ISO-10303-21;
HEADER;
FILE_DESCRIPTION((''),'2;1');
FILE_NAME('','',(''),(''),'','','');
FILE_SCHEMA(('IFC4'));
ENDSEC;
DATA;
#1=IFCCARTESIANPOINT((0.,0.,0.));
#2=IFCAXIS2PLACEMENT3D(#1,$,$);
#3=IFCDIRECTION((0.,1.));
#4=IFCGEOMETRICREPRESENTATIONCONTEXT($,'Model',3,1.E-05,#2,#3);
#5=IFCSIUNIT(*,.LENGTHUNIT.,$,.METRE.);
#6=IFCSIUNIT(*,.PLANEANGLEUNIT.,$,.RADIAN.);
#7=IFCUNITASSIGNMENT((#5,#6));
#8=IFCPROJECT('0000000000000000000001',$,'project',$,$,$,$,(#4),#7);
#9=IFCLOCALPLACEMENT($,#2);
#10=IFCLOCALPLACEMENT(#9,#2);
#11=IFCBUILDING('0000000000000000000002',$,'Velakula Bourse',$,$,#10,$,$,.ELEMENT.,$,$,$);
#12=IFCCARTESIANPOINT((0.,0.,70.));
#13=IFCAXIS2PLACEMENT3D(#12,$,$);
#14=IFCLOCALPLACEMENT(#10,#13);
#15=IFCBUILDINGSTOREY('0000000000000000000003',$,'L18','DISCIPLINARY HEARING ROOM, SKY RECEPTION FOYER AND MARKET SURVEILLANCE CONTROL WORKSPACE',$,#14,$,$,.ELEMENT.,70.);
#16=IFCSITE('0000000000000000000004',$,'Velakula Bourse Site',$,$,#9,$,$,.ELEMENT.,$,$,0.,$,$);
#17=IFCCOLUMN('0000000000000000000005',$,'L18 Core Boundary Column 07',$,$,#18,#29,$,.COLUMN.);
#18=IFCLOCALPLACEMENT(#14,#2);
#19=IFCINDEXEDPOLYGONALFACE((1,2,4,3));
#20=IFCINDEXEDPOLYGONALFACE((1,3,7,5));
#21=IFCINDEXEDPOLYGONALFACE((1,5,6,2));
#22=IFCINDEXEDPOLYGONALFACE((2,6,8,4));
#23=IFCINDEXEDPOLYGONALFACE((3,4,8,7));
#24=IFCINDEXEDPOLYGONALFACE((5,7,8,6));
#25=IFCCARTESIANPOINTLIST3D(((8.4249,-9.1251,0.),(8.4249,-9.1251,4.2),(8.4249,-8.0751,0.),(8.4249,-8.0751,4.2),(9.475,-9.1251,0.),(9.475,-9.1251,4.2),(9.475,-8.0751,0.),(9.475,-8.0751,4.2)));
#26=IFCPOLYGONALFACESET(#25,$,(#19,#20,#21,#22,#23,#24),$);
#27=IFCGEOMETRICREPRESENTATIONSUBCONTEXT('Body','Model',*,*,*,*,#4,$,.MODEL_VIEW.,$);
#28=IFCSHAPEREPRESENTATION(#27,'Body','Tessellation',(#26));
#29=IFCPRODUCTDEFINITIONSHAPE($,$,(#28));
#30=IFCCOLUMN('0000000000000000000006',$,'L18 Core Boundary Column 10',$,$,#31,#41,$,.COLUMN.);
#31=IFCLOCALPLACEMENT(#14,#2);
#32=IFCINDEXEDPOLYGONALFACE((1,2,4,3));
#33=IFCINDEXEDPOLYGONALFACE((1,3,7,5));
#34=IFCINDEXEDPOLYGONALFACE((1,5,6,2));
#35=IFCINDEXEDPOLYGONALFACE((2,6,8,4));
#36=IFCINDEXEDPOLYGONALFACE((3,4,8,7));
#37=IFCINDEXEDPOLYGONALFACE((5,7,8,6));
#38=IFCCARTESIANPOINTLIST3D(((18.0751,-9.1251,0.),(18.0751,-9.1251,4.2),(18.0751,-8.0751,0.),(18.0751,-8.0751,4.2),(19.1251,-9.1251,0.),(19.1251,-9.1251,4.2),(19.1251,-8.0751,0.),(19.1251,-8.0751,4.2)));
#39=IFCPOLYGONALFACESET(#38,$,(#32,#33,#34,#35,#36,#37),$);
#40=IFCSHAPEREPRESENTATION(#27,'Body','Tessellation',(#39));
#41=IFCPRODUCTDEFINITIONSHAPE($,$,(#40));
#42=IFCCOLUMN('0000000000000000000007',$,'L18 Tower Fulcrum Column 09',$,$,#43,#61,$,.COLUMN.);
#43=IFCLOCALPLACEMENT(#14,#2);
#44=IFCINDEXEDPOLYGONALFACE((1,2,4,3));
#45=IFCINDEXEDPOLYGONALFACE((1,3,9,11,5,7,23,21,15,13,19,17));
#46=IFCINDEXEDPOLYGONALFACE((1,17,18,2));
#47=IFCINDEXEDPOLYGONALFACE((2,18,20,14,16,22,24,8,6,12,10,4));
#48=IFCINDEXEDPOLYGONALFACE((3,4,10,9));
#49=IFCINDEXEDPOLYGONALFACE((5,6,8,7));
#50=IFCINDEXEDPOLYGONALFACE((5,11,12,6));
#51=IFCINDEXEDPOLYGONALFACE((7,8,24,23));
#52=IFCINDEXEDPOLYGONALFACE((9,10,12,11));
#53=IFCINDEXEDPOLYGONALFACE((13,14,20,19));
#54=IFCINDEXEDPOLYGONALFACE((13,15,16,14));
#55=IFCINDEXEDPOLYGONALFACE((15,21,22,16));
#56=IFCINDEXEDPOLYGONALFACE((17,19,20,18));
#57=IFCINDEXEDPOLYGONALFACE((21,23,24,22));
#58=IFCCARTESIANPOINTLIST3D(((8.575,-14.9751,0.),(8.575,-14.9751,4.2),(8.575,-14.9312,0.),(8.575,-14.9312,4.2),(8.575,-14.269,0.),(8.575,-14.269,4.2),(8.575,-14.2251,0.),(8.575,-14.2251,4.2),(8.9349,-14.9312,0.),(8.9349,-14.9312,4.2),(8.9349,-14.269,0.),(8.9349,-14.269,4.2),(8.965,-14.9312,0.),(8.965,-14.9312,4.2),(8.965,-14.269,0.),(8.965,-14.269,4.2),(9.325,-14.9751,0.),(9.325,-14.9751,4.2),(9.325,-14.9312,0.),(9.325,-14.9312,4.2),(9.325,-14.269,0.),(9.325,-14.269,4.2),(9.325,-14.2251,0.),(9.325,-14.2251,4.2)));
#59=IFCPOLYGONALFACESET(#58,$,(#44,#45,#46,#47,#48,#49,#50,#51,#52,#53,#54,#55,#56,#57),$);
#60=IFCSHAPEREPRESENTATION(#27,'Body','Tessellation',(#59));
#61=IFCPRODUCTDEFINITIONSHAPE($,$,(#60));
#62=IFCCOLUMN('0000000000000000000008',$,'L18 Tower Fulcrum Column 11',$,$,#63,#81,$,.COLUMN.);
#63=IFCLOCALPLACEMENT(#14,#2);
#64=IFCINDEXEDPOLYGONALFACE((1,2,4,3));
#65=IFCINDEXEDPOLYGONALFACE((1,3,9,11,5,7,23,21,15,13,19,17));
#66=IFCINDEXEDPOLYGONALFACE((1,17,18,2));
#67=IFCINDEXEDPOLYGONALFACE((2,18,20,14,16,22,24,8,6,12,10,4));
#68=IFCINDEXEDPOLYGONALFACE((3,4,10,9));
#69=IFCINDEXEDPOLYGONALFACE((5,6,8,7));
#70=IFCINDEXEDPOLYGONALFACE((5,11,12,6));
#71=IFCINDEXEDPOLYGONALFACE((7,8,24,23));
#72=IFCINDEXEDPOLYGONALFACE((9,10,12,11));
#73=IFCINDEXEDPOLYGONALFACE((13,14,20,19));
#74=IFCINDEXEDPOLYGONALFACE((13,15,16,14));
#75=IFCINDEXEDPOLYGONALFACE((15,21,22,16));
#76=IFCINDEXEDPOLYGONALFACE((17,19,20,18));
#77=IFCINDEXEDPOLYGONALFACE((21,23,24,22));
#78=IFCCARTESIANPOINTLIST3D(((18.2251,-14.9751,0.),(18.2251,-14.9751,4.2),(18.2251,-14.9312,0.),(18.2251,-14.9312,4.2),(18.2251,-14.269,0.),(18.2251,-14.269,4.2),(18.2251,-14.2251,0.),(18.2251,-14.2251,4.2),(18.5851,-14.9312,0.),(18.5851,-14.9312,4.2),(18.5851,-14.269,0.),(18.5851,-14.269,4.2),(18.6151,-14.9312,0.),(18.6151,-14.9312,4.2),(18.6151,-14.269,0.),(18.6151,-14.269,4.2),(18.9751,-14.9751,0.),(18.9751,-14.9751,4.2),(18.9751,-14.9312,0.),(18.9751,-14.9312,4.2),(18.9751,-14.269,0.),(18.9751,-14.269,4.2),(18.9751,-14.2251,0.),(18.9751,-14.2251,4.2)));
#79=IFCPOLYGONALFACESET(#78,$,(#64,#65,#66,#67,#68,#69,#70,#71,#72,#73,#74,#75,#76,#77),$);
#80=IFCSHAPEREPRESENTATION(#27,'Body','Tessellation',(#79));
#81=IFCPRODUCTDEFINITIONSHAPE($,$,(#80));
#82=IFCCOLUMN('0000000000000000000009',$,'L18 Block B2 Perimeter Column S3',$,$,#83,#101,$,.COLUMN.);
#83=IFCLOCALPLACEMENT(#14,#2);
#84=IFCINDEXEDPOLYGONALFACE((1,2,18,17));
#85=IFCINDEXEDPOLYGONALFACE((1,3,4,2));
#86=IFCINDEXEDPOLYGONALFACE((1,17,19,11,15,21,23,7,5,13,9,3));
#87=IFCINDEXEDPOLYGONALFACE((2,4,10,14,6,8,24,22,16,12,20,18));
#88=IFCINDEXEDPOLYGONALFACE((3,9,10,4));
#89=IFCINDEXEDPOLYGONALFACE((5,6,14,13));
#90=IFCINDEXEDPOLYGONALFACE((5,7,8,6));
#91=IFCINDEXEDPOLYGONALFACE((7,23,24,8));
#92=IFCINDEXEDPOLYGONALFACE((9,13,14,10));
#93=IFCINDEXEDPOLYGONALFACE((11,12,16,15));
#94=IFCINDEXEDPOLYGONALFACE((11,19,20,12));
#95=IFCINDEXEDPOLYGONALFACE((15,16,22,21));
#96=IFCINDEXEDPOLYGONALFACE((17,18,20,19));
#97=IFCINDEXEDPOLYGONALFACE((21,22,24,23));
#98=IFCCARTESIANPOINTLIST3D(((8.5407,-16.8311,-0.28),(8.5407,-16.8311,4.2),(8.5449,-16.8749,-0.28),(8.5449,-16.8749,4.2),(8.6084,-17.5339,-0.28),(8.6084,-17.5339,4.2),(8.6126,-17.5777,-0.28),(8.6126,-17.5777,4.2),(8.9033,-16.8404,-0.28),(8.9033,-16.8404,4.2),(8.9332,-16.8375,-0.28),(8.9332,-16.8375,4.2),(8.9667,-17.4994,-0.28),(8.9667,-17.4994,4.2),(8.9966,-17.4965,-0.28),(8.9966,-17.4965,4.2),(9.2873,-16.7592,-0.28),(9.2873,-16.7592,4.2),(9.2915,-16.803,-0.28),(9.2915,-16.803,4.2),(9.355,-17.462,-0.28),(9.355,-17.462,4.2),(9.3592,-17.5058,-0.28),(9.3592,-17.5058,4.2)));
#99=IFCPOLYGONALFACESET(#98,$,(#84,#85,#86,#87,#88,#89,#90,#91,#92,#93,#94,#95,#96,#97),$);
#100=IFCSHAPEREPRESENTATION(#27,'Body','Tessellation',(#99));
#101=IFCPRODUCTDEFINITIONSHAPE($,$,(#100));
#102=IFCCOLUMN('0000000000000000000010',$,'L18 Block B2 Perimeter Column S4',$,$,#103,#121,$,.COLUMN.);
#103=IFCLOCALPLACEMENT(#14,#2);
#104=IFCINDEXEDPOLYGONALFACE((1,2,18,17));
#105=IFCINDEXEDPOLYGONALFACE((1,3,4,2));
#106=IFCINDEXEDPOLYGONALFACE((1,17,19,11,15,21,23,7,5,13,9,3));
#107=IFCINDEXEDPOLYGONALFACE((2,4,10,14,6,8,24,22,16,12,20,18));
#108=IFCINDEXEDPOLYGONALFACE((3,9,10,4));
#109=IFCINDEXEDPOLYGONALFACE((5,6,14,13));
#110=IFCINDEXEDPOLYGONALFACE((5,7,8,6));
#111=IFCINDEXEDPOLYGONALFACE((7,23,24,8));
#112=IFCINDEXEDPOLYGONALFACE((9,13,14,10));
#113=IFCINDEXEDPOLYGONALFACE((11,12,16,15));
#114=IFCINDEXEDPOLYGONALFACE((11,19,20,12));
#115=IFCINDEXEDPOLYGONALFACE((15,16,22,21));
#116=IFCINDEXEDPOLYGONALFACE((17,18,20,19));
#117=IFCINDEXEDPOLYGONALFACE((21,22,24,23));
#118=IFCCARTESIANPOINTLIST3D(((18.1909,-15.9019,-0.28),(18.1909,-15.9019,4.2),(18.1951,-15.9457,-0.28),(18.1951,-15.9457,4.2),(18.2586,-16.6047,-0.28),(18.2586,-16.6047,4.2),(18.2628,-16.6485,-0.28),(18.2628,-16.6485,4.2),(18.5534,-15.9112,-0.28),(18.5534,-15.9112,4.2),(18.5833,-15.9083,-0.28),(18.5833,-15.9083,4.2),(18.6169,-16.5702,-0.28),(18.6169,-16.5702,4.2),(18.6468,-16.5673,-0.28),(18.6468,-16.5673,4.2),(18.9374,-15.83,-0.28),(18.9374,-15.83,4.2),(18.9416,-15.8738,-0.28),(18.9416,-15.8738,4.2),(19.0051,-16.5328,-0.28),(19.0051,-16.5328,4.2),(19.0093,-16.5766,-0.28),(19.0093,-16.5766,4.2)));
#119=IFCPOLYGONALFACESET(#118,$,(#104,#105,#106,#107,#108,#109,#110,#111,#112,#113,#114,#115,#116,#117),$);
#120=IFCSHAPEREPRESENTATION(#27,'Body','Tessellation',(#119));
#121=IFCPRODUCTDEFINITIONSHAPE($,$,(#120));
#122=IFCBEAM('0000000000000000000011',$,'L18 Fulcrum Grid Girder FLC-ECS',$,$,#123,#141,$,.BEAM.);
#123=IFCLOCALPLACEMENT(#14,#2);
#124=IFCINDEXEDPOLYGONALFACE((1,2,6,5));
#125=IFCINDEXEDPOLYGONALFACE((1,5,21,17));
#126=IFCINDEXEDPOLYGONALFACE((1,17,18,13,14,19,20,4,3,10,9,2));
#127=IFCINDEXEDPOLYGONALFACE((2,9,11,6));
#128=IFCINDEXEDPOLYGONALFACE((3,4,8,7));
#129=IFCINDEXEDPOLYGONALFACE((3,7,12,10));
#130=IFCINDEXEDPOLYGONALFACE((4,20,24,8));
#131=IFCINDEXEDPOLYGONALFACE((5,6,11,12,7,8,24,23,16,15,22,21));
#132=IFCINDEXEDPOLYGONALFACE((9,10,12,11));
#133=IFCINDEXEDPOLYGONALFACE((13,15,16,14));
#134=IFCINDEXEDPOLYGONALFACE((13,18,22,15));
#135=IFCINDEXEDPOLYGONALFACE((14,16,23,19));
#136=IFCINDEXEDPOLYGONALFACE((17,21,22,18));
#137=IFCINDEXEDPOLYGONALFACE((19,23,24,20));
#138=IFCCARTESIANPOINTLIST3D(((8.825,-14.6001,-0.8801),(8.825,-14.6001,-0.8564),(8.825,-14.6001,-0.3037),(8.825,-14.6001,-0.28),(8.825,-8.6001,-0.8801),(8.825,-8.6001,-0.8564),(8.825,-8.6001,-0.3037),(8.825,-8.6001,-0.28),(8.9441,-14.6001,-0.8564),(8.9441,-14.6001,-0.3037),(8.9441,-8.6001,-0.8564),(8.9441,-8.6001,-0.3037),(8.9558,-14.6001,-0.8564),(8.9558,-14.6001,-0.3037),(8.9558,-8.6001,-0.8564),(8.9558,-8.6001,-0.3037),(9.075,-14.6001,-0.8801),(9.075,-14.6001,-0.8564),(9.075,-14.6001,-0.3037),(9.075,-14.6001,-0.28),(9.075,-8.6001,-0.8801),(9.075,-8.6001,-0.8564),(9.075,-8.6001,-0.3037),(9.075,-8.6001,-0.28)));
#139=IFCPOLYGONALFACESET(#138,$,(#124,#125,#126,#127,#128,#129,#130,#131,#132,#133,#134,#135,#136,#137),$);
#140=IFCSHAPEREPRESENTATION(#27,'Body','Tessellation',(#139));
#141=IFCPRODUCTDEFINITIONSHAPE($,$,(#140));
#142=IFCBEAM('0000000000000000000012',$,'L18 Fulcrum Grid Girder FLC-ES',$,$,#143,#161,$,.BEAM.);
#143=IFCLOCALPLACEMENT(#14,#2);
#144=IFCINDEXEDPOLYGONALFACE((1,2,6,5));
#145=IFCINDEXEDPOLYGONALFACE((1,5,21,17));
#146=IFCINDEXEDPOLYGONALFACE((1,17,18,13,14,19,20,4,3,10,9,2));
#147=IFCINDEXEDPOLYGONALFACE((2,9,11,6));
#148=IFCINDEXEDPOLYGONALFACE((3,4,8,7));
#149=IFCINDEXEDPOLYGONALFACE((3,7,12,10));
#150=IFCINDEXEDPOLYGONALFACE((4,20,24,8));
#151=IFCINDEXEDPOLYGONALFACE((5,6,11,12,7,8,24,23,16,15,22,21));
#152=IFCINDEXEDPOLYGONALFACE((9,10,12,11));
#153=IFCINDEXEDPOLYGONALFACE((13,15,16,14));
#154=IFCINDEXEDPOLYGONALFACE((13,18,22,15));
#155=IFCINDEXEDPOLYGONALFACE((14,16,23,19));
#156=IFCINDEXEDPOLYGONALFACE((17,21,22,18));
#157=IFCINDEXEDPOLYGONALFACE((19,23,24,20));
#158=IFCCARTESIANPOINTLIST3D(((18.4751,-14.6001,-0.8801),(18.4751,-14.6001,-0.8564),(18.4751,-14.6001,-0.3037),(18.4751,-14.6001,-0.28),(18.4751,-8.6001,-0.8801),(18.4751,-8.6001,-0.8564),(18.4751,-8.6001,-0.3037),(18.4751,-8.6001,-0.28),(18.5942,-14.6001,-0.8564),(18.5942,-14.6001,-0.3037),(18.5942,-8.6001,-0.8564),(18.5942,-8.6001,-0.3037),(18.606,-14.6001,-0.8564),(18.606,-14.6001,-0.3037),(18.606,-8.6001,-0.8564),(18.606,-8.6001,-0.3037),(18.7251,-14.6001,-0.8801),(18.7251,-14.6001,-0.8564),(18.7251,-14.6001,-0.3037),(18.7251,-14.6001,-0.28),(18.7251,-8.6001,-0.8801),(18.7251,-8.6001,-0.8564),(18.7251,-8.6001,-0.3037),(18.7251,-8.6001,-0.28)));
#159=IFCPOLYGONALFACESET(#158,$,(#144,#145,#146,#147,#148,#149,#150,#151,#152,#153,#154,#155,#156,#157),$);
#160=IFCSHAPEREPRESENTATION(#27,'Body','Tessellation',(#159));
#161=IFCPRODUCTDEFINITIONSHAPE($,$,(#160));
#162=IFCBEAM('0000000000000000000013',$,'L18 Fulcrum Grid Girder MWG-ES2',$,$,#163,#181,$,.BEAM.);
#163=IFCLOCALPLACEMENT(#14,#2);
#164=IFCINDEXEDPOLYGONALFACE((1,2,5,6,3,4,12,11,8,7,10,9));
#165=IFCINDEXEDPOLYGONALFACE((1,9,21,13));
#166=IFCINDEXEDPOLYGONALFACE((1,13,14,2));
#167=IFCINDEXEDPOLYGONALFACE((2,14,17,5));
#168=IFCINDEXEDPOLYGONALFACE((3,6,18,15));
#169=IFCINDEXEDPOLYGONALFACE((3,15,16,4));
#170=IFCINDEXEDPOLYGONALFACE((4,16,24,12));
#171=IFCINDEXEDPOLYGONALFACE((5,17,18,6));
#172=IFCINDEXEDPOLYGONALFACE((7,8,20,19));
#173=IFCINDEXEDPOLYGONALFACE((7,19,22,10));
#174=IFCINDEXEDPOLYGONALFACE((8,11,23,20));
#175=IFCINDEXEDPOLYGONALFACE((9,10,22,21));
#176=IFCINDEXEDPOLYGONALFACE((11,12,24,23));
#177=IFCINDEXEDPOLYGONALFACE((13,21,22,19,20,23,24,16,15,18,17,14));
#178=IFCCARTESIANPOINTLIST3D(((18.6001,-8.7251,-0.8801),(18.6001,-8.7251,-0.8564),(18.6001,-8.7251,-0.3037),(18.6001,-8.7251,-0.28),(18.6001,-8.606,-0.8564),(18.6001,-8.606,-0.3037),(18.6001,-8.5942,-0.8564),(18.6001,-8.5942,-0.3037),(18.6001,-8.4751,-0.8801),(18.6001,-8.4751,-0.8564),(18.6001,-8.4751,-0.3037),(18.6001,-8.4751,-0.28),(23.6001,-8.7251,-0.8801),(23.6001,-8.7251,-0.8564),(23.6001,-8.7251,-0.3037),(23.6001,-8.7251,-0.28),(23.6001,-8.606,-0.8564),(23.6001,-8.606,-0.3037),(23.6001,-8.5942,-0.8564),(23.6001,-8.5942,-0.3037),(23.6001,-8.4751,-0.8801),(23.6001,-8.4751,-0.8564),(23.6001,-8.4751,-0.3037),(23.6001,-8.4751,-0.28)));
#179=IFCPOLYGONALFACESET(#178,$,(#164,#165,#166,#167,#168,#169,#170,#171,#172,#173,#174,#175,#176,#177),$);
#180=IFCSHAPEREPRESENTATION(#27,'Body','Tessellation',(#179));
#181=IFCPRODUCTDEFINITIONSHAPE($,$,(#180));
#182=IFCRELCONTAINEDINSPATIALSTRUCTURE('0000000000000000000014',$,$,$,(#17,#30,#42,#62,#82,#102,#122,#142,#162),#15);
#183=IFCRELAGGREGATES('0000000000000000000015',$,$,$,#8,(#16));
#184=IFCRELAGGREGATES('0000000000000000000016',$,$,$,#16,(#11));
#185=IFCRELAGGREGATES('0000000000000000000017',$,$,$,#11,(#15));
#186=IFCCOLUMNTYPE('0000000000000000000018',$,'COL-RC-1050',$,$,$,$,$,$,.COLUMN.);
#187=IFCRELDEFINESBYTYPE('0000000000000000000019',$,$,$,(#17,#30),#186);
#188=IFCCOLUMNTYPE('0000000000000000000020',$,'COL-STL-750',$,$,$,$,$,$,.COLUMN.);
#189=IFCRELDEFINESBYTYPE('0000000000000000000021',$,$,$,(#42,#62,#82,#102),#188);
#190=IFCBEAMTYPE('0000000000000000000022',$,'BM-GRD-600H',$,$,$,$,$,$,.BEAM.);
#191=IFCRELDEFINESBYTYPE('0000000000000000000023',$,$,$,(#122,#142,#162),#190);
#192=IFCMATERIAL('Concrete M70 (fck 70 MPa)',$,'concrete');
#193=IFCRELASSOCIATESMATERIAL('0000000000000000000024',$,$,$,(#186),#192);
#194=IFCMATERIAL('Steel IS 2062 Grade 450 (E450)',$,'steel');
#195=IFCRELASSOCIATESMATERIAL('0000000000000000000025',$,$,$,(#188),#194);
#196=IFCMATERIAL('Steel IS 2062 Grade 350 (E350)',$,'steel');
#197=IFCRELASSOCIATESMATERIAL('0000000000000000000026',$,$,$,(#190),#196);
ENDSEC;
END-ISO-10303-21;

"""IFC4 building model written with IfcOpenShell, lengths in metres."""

from ifc_helpers import new_model, si_unit, direction, frame, origin, origin_2d, place, context, subcontext, project, spatial, rectangle, i_section, extrude, material, material_profile, profile_set, type_object, element, save


model = new_model("IFC4")

# Units and contexts
model_context = context("Model", 3, precision=1e-05, world=origin(), true_north=direction((0.0, 1.0)))
body_context = subcontext(model_context, "Body", "Model", "MODEL_VIEW")
ifc_project = project(units=[si_unit("LENGTHUNIT", "METRE"), si_unit("PLANEANGLEUNIT", "RADIAN")], contexts=[model_context])

# Site, building, storey
site_placement = place(None, origin())
site = spatial("IfcSite", under=ifc_project, at=site_placement, Name="Velakula Bourse Site", CompositionType="ELEMENT", RefElevation=0.0)
building_placement = place(site_placement, origin())
building = spatial("IfcBuilding", under=site, at=building_placement, Name="Velakula Bourse", CompositionType="ELEMENT")
storey_placement = place(building_placement, frame((0.0, 0.0, 70.0)))
storey = spatial("IfcBuildingStorey", under=building, at=storey_placement, Name="L18", Description="DISCIPLINARY HEARING ROOM, SKY RECEPTION FOYER AND MARKET SURVEILLANCE CONTROL WORKSPACE", CompositionType="ELEMENT", Elevation=70.0)

# Columns
ifc_material_1 = material(Name="Concrete M70 (fck 70 MPa)", Category="concrete")
ifc_material_profile_1 = material_profile(ifc_material_1, rectangle(XDim=1.05, YDim=1.05, at=origin_2d()), Name="Concrete M70 (fck 70 MPa)")
ifc_profile_set_1 = profile_set([ifc_material_profile_1], Name="Concrete M70 (fck 70 MPa)")
column_type_1 = type_object("IfcColumnType", Name="COL-RC-1050", PredefinedType="COLUMN", material=ifc_profile_set_1)
for number, where, z_axis, x_axis, name in (
    (1, (8.95, -8.6001, 0.0), (0.0, 0.0, 1.0), (1.0, 0.0, 0.0), "L18 Core Boundary Column 07"),
    (2, (18.6001, -8.6001, 0.0), (0.0, 0.0, 1.0), (1.0, 0.0, 0.0), "L18 Core Boundary Column 10"),
):
    element("IfcColumn", number, at=place(storey_placement, frame(where, z_axis=z_axis, x_axis=x_axis)), inside=storey, type_object=column_type_1, Name=name, PredefinedType="COLUMN", context=body_context, shape_type="SweptSolid", body=[
        extrude(rectangle(XDim=1.05, YDim=1.05, at=origin_2d()), origin(), (0.0, 0.0, 1.0), 4.2),
    ])
ifc_material_2 = material(Name="Steel IS 2062 Grade 450 (E450)", Category="steel")
ifc_material_profile_2 = material_profile(ifc_material_2, i_section(OverallWidth=0.75, OverallDepth=0.75, WebThickness=0.03, FlangeThickness=0.0439, at=origin_2d()), Name="Steel IS 2062 Grade 450 (E450)")
ifc_profile_set_2 = profile_set([ifc_material_profile_2], Name="Steel IS 2062 Grade 450 (E450)")
column_type_2 = type_object("IfcColumnType", Name="COL-STL-750", PredefinedType="COLUMN", material=ifc_profile_set_2)
for number, where, z_axis, x_axis, name in (
    (3, (8.95, -14.6001, 0.0), (0.0, 0.0, 1.0), (1.0, 0.0, 0.0), "L18 Tower Fulcrum Column 09"),
    (4, (18.6001, -14.6001, 0.0), (0.0, 0.0, 1.0), (1.0, 0.0, 0.0), "L18 Tower Fulcrum Column 11"),
):
    element("IfcColumn", number, at=place(storey_placement, frame(where, z_axis=z_axis, x_axis=x_axis)), inside=storey, type_object=column_type_2, Name=name, PredefinedType="COLUMN", context=body_context, shape_type="SweptSolid", body=[
        extrude(i_section(OverallWidth=0.75, OverallDepth=0.75, WebThickness=0.03, FlangeThickness=0.0439, at=origin_2d()), origin(), (0.0, 0.0, 1.0), 4.2),
    ])
for number, where, z_axis, x_axis, name in (
    (5, (8.95, -17.1685, -0.28), (0.0, 0.0, 1.0), (0.995396, 0.095846, 0.0), "L18 Block B2 Perimeter Column S3"),
    (6, (18.6001, -16.2393, -0.28), (0.0, 0.0, 1.0), (0.995396, 0.095846, 0.0), "L18 Block B2 Perimeter Column S4"),
):
    element("IfcColumn", number, at=place(storey_placement, frame(where, z_axis=z_axis, x_axis=x_axis)), inside=storey, type_object=column_type_2, Name=name, PredefinedType="COLUMN", context=body_context, shape_type="SweptSolid", body=[
        extrude(i_section(OverallWidth=0.75, OverallDepth=0.75, WebThickness=0.03, FlangeThickness=0.0439, at=origin_2d()), origin(), (0.0, 0.0, 1.0), 4.48),
    ])

# Beams
ifc_material_3 = material(Name="Steel IS 2062 Grade 350 (E350)", Category="steel")
ifc_material_profile_3 = material_profile(ifc_material_3, i_section(OverallWidth=0.25, OverallDepth=0.6001, WebThickness=0.0117, FlangeThickness=0.0237, at=origin_2d()), Name="Steel IS 2062 Grade 350 (E350)")
ifc_profile_set_3 = profile_set([ifc_material_profile_3], Name="Steel IS 2062 Grade 350 (E350)")
beam_type_1 = type_object("IfcBeamType", Name="BM-GRD-600H", PredefinedType="BEAM", material=ifc_profile_set_3)
for number, where, z_axis, x_axis, name in (
    (7, (8.95, -14.6001, -0.5801), (0.0, 1.0, 0.0), (-1.0, 0.0, 0.0), "L18 Fulcrum Grid Girder FLC-ECS"),
    (8, (18.6001, -14.6001, -0.5801), (0.0, 1.0, 0.0), (-1.0, 0.0, 0.0), "L18 Fulcrum Grid Girder FLC-ES"),
):
    element("IfcBeam", number, at=place(storey_placement, frame(where, z_axis=z_axis, x_axis=x_axis)), inside=storey, type_object=beam_type_1, Name=name, PredefinedType="BEAM", context=body_context, shape_type="SweptSolid", body=[
        extrude(i_section(OverallWidth=0.25, OverallDepth=0.6001, WebThickness=0.0117, FlangeThickness=0.0237, at=origin_2d()), origin(), (0.0, 0.0, 1.0), 6.0),
    ])
beam_1_placement = place(storey_placement, frame((18.6001, -8.6001, -0.5801), z_axis=(1.0, 0.0, 0.0), x_axis=(0.0, 1.0, 0.0)))
element("IfcBeam", 9, at=beam_1_placement, inside=storey, type_object=beam_type_1, Name="L18 Fulcrum Grid Girder MWG-ES2", PredefinedType="BEAM", context=body_context, shape_type="SweptSolid", body=[
    extrude(i_section(OverallWidth=0.25, OverallDepth=0.6001, WebThickness=0.0117, FlangeThickness=0.0237, at=origin_2d()), origin(), (0.0, 0.0, 1.0), 5.0),
])

save(model, "model.ifc")
